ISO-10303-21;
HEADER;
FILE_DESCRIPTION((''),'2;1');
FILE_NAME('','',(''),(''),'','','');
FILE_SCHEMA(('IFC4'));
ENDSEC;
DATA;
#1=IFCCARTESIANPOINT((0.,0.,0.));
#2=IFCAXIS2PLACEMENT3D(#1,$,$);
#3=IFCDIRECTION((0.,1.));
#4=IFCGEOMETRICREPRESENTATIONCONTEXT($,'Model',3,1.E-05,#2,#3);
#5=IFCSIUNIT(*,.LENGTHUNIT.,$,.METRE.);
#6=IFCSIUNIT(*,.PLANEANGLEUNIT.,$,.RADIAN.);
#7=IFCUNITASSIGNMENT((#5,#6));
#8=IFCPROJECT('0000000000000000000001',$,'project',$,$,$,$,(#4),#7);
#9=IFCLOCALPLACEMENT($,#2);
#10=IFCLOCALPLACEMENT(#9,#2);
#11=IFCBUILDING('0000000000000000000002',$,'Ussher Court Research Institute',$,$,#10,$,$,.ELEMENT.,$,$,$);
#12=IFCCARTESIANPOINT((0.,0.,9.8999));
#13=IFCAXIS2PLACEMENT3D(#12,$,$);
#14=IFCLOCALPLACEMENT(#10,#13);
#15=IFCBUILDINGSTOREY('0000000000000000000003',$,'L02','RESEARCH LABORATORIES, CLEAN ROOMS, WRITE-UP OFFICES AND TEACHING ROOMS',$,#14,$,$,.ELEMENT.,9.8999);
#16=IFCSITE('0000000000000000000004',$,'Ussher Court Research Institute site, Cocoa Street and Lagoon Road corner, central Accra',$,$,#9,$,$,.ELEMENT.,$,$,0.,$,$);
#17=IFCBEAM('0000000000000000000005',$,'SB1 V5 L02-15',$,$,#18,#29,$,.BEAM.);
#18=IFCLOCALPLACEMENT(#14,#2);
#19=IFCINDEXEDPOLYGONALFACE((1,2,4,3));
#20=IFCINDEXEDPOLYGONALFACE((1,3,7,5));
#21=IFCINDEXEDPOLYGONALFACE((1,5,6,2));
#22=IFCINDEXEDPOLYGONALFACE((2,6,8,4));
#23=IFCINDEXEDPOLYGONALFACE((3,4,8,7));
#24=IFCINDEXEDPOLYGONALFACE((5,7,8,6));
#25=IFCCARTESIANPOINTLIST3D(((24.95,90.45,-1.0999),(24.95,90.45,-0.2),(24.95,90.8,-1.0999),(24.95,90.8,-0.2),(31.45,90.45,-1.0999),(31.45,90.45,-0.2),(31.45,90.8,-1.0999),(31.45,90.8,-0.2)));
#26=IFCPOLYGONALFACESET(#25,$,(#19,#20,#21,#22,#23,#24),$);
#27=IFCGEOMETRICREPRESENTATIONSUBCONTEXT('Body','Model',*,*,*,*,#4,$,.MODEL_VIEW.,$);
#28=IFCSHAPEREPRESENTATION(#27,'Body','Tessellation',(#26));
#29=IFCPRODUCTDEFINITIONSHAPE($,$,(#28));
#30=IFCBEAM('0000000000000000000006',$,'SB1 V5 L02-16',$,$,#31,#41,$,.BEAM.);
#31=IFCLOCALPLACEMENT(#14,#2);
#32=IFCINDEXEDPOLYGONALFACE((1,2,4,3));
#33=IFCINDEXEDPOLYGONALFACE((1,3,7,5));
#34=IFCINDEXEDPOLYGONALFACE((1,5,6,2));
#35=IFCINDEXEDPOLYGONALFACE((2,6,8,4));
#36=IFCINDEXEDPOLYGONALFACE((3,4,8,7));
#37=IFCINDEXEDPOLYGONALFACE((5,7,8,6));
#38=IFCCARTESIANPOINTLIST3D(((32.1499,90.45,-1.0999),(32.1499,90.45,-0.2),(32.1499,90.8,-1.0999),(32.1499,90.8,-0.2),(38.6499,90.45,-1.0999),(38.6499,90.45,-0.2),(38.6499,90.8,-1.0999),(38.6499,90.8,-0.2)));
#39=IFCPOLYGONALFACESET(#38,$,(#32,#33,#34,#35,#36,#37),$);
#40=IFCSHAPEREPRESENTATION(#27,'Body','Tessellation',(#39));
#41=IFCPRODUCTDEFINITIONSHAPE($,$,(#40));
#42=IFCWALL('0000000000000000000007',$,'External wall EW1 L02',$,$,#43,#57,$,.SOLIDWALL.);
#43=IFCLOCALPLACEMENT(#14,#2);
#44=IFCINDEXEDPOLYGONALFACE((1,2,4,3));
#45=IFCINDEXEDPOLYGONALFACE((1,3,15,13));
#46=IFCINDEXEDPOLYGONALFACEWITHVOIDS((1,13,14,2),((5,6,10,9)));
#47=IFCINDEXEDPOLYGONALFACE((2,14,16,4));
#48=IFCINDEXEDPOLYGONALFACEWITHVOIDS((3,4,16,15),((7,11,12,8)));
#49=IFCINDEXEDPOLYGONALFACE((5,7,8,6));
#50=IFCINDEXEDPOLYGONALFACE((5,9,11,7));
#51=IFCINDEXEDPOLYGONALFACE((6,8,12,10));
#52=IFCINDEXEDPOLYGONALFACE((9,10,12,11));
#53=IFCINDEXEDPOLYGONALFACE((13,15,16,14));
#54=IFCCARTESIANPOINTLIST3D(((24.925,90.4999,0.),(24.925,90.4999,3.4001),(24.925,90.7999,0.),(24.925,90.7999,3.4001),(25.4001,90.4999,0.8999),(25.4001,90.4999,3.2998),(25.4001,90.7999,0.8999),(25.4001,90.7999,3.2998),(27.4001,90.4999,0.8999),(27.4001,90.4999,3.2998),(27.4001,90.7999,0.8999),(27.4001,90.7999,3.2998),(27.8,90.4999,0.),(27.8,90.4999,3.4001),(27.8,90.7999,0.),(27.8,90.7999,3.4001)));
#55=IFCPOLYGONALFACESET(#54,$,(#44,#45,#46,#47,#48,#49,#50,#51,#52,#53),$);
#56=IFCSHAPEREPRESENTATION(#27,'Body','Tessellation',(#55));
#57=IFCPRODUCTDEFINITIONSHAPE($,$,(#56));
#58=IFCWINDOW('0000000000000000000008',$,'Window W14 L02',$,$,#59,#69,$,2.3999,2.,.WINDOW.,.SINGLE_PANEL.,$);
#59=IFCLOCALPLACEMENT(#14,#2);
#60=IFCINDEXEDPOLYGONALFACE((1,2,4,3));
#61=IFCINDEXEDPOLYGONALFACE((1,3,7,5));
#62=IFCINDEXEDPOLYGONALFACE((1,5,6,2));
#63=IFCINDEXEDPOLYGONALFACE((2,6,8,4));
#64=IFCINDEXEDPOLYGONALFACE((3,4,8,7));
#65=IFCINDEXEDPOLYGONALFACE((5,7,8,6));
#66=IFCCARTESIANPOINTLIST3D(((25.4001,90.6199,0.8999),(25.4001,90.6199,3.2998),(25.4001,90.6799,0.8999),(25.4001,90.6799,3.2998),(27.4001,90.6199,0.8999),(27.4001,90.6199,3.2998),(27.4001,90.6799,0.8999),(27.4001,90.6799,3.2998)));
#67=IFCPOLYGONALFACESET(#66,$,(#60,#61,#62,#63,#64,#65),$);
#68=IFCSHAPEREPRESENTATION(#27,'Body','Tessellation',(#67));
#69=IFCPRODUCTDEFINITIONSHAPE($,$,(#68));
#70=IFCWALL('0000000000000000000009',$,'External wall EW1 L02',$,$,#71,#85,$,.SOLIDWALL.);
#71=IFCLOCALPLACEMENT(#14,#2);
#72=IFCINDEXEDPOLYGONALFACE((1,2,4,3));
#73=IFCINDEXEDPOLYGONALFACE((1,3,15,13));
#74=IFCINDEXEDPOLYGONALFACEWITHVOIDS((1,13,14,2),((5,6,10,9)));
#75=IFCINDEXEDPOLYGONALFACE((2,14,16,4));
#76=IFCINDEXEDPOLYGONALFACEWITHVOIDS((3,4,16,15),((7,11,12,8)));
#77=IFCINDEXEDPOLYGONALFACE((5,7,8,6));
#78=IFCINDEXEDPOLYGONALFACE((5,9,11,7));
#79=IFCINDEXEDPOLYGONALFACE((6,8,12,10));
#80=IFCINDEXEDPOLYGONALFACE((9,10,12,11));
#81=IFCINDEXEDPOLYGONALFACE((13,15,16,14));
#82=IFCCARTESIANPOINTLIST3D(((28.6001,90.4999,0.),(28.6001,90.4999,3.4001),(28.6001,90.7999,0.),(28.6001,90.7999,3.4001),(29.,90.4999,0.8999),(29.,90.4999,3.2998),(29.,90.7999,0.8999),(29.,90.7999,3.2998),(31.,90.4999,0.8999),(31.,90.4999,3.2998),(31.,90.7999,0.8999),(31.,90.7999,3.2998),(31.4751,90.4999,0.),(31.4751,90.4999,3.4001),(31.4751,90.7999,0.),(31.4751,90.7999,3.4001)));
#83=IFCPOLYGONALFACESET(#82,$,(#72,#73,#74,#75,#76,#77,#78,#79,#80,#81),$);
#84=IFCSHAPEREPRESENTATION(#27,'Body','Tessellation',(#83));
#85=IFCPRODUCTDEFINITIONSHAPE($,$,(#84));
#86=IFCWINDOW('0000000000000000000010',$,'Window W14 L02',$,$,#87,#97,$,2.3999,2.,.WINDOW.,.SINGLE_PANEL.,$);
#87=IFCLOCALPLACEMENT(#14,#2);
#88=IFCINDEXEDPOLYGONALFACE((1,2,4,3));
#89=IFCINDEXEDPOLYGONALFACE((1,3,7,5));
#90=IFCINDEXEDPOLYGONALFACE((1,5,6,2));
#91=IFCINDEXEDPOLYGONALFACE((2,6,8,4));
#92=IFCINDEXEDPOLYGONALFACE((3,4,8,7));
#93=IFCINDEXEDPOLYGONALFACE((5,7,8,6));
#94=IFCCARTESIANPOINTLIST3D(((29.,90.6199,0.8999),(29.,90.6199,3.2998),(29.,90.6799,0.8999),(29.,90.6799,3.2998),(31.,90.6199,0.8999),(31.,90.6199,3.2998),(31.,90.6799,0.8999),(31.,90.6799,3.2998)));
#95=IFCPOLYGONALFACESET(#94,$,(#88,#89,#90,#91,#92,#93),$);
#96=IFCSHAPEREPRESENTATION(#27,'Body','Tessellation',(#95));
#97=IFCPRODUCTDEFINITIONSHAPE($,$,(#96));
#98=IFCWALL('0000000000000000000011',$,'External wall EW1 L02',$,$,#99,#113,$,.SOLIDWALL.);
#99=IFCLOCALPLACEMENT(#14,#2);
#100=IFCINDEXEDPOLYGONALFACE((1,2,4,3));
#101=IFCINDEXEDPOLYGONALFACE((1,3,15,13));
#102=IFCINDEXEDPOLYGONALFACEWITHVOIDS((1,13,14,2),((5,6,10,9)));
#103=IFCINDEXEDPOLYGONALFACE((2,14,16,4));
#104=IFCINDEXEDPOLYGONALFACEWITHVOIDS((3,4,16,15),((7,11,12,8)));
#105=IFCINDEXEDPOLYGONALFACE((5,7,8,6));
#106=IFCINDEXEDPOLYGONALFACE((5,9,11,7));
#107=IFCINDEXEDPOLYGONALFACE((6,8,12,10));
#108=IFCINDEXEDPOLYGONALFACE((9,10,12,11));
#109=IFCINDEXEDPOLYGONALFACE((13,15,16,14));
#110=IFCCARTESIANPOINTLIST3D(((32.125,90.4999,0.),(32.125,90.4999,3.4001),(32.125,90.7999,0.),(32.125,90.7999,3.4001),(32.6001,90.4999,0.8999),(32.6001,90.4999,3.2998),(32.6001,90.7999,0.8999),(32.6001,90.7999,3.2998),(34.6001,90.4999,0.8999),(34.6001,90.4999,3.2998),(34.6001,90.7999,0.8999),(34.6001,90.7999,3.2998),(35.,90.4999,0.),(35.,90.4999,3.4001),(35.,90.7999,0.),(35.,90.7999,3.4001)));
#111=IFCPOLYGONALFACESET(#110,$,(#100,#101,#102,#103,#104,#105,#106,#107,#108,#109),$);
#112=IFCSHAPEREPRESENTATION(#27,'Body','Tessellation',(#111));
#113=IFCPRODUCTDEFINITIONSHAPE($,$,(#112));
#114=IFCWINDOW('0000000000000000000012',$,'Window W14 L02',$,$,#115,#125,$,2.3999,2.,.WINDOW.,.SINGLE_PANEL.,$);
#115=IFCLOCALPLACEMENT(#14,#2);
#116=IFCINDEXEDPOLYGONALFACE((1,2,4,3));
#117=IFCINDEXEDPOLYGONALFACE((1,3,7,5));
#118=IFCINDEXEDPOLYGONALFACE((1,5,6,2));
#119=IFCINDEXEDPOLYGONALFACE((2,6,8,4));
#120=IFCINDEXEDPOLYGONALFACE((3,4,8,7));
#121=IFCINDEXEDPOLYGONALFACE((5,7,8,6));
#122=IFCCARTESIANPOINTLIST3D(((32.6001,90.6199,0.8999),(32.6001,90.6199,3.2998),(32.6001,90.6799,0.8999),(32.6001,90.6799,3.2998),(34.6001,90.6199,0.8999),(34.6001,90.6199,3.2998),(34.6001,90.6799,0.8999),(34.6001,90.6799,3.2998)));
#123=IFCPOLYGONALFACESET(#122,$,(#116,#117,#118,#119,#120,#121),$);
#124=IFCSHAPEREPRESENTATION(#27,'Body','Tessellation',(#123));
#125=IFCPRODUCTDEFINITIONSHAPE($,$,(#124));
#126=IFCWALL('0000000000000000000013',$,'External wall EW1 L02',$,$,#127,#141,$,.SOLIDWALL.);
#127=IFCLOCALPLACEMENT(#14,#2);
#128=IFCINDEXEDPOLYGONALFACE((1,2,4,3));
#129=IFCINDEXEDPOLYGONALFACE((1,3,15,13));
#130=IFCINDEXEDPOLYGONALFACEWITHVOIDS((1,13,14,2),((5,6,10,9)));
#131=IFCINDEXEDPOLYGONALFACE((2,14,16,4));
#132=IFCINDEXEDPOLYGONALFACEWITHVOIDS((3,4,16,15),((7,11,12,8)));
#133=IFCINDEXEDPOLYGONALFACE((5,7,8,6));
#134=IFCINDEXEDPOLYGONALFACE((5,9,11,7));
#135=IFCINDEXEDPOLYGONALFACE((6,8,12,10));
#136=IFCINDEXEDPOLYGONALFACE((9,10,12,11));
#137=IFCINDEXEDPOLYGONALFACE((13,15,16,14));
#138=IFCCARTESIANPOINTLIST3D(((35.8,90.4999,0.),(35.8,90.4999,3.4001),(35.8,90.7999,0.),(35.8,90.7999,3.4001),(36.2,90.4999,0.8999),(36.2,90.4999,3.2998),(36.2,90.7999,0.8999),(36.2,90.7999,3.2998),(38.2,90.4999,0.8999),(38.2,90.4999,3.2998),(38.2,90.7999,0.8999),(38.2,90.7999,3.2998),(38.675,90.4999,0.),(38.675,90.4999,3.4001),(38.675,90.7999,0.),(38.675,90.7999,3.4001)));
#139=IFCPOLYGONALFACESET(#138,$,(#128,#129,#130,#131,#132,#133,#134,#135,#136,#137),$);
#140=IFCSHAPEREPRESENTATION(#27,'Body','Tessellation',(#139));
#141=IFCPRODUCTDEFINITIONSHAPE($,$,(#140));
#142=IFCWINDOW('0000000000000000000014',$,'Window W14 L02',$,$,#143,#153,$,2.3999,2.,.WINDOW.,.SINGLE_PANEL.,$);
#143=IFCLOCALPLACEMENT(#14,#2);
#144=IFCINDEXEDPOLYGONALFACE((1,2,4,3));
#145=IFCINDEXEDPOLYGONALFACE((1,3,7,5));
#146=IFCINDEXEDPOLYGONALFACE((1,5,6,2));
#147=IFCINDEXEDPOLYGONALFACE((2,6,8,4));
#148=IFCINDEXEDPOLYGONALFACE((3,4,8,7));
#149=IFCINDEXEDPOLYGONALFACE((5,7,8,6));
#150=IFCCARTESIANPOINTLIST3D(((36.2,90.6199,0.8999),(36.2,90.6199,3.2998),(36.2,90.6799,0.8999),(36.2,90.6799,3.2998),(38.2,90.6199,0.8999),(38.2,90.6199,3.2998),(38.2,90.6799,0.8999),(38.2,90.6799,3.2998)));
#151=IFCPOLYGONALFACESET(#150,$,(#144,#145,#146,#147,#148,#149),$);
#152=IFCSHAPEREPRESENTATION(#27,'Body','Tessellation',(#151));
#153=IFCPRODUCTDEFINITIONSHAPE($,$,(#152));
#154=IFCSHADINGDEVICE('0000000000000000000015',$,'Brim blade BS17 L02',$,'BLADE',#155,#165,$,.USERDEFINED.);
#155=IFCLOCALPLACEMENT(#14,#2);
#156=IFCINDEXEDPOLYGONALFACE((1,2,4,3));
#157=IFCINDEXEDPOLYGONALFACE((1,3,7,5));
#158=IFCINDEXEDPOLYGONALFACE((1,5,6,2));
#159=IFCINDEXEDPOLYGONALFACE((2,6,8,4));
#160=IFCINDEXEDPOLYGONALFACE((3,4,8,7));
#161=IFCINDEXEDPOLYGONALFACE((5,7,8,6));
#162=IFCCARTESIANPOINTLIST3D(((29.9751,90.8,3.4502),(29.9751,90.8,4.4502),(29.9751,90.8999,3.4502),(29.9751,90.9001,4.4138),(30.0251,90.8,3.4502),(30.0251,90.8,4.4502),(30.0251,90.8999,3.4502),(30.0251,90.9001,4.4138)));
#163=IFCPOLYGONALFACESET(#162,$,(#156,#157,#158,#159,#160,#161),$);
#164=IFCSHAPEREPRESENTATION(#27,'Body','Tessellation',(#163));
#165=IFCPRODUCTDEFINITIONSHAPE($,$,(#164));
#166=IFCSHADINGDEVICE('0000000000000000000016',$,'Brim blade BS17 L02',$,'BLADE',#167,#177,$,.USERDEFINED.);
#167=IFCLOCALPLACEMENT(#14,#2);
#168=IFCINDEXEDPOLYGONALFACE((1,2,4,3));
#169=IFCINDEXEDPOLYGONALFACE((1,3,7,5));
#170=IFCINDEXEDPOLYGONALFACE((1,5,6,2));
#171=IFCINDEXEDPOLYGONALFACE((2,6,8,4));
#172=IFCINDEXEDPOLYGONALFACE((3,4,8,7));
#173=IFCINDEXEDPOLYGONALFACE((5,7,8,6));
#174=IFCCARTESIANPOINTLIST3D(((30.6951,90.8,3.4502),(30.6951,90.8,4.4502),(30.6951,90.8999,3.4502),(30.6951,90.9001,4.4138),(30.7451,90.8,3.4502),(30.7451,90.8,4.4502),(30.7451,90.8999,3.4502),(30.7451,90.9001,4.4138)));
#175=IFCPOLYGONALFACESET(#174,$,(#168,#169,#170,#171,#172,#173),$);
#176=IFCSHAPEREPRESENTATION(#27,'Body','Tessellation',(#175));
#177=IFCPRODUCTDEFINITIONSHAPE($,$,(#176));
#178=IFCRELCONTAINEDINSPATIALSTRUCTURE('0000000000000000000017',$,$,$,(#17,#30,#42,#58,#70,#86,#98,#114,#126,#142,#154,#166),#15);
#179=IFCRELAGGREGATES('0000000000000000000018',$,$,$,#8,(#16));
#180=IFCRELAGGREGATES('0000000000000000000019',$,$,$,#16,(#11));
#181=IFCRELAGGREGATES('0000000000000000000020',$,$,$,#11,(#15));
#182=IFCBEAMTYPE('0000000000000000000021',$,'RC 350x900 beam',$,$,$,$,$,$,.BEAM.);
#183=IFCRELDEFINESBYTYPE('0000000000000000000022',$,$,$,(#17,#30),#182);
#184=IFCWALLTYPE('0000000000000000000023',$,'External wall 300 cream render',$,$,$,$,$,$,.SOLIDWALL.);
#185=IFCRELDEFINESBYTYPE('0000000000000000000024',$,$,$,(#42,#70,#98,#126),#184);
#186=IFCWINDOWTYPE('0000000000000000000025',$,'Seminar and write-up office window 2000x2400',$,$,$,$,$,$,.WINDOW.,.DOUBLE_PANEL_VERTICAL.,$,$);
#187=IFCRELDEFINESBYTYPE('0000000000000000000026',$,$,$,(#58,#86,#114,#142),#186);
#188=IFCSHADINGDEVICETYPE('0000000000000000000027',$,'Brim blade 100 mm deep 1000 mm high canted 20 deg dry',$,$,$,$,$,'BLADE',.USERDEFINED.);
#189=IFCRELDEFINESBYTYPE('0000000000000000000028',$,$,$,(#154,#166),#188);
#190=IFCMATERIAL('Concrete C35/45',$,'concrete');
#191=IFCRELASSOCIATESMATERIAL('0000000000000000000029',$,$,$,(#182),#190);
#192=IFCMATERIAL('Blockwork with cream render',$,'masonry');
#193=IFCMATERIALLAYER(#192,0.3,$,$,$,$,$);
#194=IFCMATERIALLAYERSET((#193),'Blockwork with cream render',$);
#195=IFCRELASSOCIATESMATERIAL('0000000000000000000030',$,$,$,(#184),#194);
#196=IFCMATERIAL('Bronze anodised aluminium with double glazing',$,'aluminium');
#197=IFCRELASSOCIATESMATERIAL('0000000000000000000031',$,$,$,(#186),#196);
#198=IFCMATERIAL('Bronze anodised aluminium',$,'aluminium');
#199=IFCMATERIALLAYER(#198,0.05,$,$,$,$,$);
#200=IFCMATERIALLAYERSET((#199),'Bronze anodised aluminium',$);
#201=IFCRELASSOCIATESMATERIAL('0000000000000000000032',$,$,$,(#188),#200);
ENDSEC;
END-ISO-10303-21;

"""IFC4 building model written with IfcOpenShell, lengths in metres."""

from ifc_helpers import new_model, si_unit, direction, frame, frame_2d, origin, origin_2d, place, context, subcontext, project, spatial, polyline, rectangle, outline, extrude, material, layer, layer_set, material_profile, profile_set, type_object, element, fill, save


model = new_model("IFC4")

# Units and contexts
model_context = context("Model", 3, precision=1e-05, world=origin(), true_north=direction((0.0, 1.0)))
body_context = subcontext(model_context, "Body", "Model", "MODEL_VIEW")
ifc_project = project(units=[si_unit("LENGTHUNIT", "METRE"), si_unit("PLANEANGLEUNIT", "RADIAN")], contexts=[model_context])

# Site, building, storey
site_placement = place(None, origin())
site = spatial("IfcSite", under=ifc_project, at=site_placement, Name="Ussher Court Research Institute site, Cocoa Street and Lagoon Road corner, central Accra", CompositionType="ELEMENT", RefElevation=0.0)
building_placement = place(site_placement, origin())
building = spatial("IfcBuilding", under=site, at=building_placement, Name="Ussher Court Research Institute", CompositionType="ELEMENT")
storey_placement = place(building_placement, frame((0.0, 0.0, 9.8999)))
storey = spatial("IfcBuildingStorey", under=building, at=storey_placement, Name="L02", Description="RESEARCH LABORATORIES, CLEAN ROOMS, WRITE-UP OFFICES AND TEACHING ROOMS", CompositionType="ELEMENT", Elevation=9.8999)

# Beams
ifc_material_1 = material(Name="Concrete C35/45", Category="concrete")
ifc_material_profile = material_profile(ifc_material_1, rectangle(XDim=0.3501, YDim=0.8999, at=origin_2d()), Name="RC 350x900")
ifc_profile_set = profile_set([ifc_material_profile], Name="Concrete C35/45")
beam_type = type_object("IfcBeamType", Name="RC 350x900 beam", PredefinedType="BEAM", material=ifc_profile_set)
for number, where, z_axis, x_axis, name in (
    (1, (24.95, 90.625, -0.6499), (1.0, 0.0, 0.0), (0.0, 1.0, 0.0), "SB1 V5 L02-15"),
    (2, (32.1499, 90.625, -0.6499), (1.0, 0.0, 0.0), (0.0, 1.0, 0.0), "SB1 V5 L02-16"),
):
    element("IfcBeam", number, at=place(storey_placement, frame(where, z_axis=z_axis, x_axis=x_axis)), inside=storey, type_object=beam_type, Name=name, PredefinedType="BEAM", context=body_context, shape_type="SweptSolid", body=[
        extrude(rectangle(XDim=0.3501, YDim=0.8999, at=origin_2d()), origin(), (0.0, 0.0, 1.0), 6.5),
    ])

# Walls, openings, windows
ifc_material_2 = material(Name="Blockwork with cream render", Category="masonry")
ifc_layer_1 = layer(ifc_material_2, 0.3)
ifc_layer_set_1 = layer_set([ifc_layer_1], Name="Blockwork with cream render")
wall_type = type_object("IfcWallType", Name="External wall 300 cream render", PredefinedType="SOLIDWALL", material=ifc_layer_set_1)
wall_1_placement = place(storey_placement, frame((24.925, 90.6499, 0.0), z_axis=(0.0, 0.0, 1.0), x_axis=(1.0, 0.0, 0.0)))
wall_1 = element("IfcWall", 3, at=wall_1_placement, inside=storey, type_object=wall_type, Name="External wall EW1 L02", PredefinedType="SOLIDWALL", context=body_context, shape_type="SweptSolid", body=[
    extrude(rectangle(XDim=2.875, YDim=0.3, at=frame_2d((1.4375, 0.0))), origin(), (0.0, 0.0, 1.0), 3.4001),
])
opening_1_placement = place(wall_1_placement, frame((0.4751, 0.0, 0.8999)))
opening_1 = element("IfcOpeningElement", 4, at=opening_1_placement, cuts=wall_1, PredefinedType="OPENING", context=body_context, shape_type="SweptSolid", body=[
    extrude(rectangle(XDim=2.0, YDim=2.3999, at=frame_2d((1.0, 1.2))), frame((0.0, 0.1602, 0.0), z_axis=(0.0, -1.0, 0.0), x_axis=(1.0, 0.0, 0.0)), (0.0, 0.0, 1.0), 0.3201),
])
ifc_material_3 = material(Name="Bronze anodised aluminium with double glazing", Category="aluminium")
window_type = type_object("IfcWindowType", Name="Seminar and write-up office window 2000x2400", PartitioningType="DOUBLE_PANEL_VERTICAL", PredefinedType="WINDOW", material=ifc_material_3)
window_1_placement = place(opening_1_placement, origin())
window_1 = element("IfcWindow", 5, at=window_1_placement, inside=storey, type_object=window_type, Name="Window W14 L02", OverallHeight=2.3999, OverallWidth=2.0, PartitioningType="SINGLE_PANEL", PredefinedType="WINDOW", context=body_context, shape_type="SweptSolid", body=[
    extrude(rectangle(XDim=2.0, YDim=2.3999, at=frame_2d((1.0, 1.2))), frame((0.0, 0.03, 0.0), z_axis=(0.0, -1.0, 0.0), x_axis=(1.0, 0.0, 0.0)), (0.0, 0.0, 1.0), 0.0601),
])
fill(opening_1, window_1)
wall_2_placement = place(storey_placement, frame((28.6001, 90.6499, 0.0), z_axis=(0.0, 0.0, 1.0), x_axis=(1.0, 0.0, 0.0)))
wall_2 = element("IfcWall", 6, at=wall_2_placement, inside=storey, type_object=wall_type, Name="External wall EW1 L02", PredefinedType="SOLIDWALL", context=body_context, shape_type="SweptSolid", body=[
    extrude(rectangle(XDim=2.875, YDim=0.3, at=frame_2d((1.4375, 0.0))), origin(), (0.0, 0.0, 1.0), 3.4001),
])
opening_2_placement = place(wall_2_placement, frame((0.3999, 0.0, 0.8999)))
opening_2 = element("IfcOpeningElement", 7, at=opening_2_placement, cuts=wall_2, PredefinedType="OPENING", context=body_context, shape_type="SweptSolid", body=[
    extrude(rectangle(XDim=2.0, YDim=2.3999, at=frame_2d((1.0, 1.2))), frame((0.0, 0.1602, 0.0), z_axis=(0.0, -1.0, 0.0), x_axis=(1.0, 0.0, 0.0)), (0.0, 0.0, 1.0), 0.3201),
])
window_2_placement = place(opening_2_placement, origin())
window_2 = element("IfcWindow", 8, at=window_2_placement, inside=storey, type_object=window_type, Name="Window W14 L02", OverallHeight=2.3999, OverallWidth=2.0, PartitioningType="SINGLE_PANEL", PredefinedType="WINDOW", context=body_context, shape_type="SweptSolid", body=[
    extrude(rectangle(XDim=2.0, YDim=2.3999, at=frame_2d((1.0, 1.2))), frame((0.0, 0.03, 0.0), z_axis=(0.0, -1.0, 0.0), x_axis=(1.0, 0.0, 0.0)), (0.0, 0.0, 1.0), 0.0601),
])
fill(opening_2, window_2)
wall_3_placement = place(storey_placement, frame((32.125, 90.6499, 0.0), z_axis=(0.0, 0.0, 1.0), x_axis=(1.0, 0.0, 0.0)))
wall_3 = element("IfcWall", 9, at=wall_3_placement, inside=storey, type_object=wall_type, Name="External wall EW1 L02", PredefinedType="SOLIDWALL", context=body_context, shape_type="SweptSolid", body=[
    extrude(rectangle(XDim=2.875, YDim=0.3, at=frame_2d((1.4375, 0.0))), origin(), (0.0, 0.0, 1.0), 3.4001),
])
opening_3_placement = place(wall_3_placement, frame((0.4751, 0.0, 0.8999)))
opening_3 = element("IfcOpeningElement", 10, at=opening_3_placement, cuts=wall_3, PredefinedType="OPENING", context=body_context, shape_type="SweptSolid", body=[
    extrude(rectangle(XDim=2.0, YDim=2.3999, at=frame_2d((1.0, 1.2))), frame((0.0, 0.1602, 0.0), z_axis=(0.0, -1.0, 0.0), x_axis=(1.0, 0.0, 0.0)), (0.0, 0.0, 1.0), 0.3201),
])
window_3_placement = place(opening_3_placement, origin())
window_3 = element("IfcWindow", 11, at=window_3_placement, inside=storey, type_object=window_type, Name="Window W14 L02", OverallHeight=2.3999, OverallWidth=2.0, PartitioningType="SINGLE_PANEL", PredefinedType="WINDOW", context=body_context, shape_type="SweptSolid", body=[
    extrude(rectangle(XDim=2.0, YDim=2.3999, at=frame_2d((1.0, 1.2))), frame((0.0, 0.03, 0.0), z_axis=(0.0, -1.0, 0.0), x_axis=(1.0, 0.0, 0.0)), (0.0, 0.0, 1.0), 0.0601),
])
fill(opening_3, window_3)
wall_4_placement = place(storey_placement, frame((35.8, 90.6499, 0.0), z_axis=(0.0, 0.0, 1.0), x_axis=(1.0, 0.0, 0.0)))
wall_4 = element("IfcWall", 12, at=wall_4_placement, inside=storey, type_object=wall_type, Name="External wall EW1 L02", PredefinedType="SOLIDWALL", context=body_context, shape_type="SweptSolid", body=[
    extrude(rectangle(XDim=2.875, YDim=0.3, at=frame_2d((1.4375, 0.0))), origin(), (0.0, 0.0, 1.0), 3.4001),
])
opening_4_placement = place(wall_4_placement, frame((0.3999, 0.0, 0.8999)))
opening_4 = element("IfcOpeningElement", 13, at=opening_4_placement, cuts=wall_4, PredefinedType="OPENING", context=body_context, shape_type="SweptSolid", body=[
    extrude(rectangle(XDim=2.0, YDim=2.3999, at=frame_2d((1.0, 1.2))), frame((0.0, 0.1602, 0.0), z_axis=(0.0, -1.0, 0.0), x_axis=(1.0, 0.0, 0.0)), (0.0, 0.0, 1.0), 0.3201),
])
window_4_placement = place(opening_4_placement, origin())
window_4 = element("IfcWindow", 14, at=window_4_placement, inside=storey, type_object=window_type, Name="Window W14 L02", OverallHeight=2.3999, OverallWidth=2.0, PartitioningType="SINGLE_PANEL", PredefinedType="WINDOW", context=body_context, shape_type="SweptSolid", body=[
    extrude(rectangle(XDim=2.0, YDim=2.3999, at=frame_2d((1.0, 1.2))), frame((0.0, 0.03, 0.0), z_axis=(0.0, -1.0, 0.0), x_axis=(1.0, 0.0, 0.0)), (0.0, 0.0, 1.0), 0.0601),
])
fill(opening_4, window_4)

# Shading devices
ifc_material_4 = material(Name="Bronze anodised aluminium", Category="aluminium")
ifc_layer_2 = layer(ifc_material_4, 0.05)
ifc_layer_set_2 = layer_set([ifc_layer_2], Name="Bronze anodised aluminium")
shading_device_type_1 = type_object("IfcShadingDeviceType", Name="Brim blade 100 mm deep 1000 mm high canted 20 deg dry", ElementType="BLADE", PredefinedType="USERDEFINED", material=ifc_layer_set_2)
for number, where, z_axis, x_axis, name in (
    (15, (30.0, 90.8, 3.4502), (0.0, 0.0, 1.0), (0.0, 1.0, 0.0), "Brim blade BS17 L02"),
    (16, (30.72, 90.8, 3.4502), (0.0, 0.0, 1.0), (0.0, 1.0, 0.0), "Brim blade BS17 L02"),
):
    element("IfcShadingDevice", number, at=place(storey_placement, frame(where, z_axis=z_axis, x_axis=x_axis)), inside=storey, type_object=shading_device_type_1, Name=name, ObjectType="BLADE", PredefinedType="USERDEFINED", context=body_context, shape_type="SweptSolid", body=[
        extrude(outline(polyline([(0.0, 0.0), (0.0999, 0.0), (0.1001, 0.9636), (0.0, 1.0), (0.0, 0.0)])), frame((0.0, 0.0249, 0.0), z_axis=(0.0, -1.0, 0.0), x_axis=(1.0, 0.0, 0.0)), (0.0, 0.0, 1.0), 0.05),
    ])

save(model, "model.ifc")
